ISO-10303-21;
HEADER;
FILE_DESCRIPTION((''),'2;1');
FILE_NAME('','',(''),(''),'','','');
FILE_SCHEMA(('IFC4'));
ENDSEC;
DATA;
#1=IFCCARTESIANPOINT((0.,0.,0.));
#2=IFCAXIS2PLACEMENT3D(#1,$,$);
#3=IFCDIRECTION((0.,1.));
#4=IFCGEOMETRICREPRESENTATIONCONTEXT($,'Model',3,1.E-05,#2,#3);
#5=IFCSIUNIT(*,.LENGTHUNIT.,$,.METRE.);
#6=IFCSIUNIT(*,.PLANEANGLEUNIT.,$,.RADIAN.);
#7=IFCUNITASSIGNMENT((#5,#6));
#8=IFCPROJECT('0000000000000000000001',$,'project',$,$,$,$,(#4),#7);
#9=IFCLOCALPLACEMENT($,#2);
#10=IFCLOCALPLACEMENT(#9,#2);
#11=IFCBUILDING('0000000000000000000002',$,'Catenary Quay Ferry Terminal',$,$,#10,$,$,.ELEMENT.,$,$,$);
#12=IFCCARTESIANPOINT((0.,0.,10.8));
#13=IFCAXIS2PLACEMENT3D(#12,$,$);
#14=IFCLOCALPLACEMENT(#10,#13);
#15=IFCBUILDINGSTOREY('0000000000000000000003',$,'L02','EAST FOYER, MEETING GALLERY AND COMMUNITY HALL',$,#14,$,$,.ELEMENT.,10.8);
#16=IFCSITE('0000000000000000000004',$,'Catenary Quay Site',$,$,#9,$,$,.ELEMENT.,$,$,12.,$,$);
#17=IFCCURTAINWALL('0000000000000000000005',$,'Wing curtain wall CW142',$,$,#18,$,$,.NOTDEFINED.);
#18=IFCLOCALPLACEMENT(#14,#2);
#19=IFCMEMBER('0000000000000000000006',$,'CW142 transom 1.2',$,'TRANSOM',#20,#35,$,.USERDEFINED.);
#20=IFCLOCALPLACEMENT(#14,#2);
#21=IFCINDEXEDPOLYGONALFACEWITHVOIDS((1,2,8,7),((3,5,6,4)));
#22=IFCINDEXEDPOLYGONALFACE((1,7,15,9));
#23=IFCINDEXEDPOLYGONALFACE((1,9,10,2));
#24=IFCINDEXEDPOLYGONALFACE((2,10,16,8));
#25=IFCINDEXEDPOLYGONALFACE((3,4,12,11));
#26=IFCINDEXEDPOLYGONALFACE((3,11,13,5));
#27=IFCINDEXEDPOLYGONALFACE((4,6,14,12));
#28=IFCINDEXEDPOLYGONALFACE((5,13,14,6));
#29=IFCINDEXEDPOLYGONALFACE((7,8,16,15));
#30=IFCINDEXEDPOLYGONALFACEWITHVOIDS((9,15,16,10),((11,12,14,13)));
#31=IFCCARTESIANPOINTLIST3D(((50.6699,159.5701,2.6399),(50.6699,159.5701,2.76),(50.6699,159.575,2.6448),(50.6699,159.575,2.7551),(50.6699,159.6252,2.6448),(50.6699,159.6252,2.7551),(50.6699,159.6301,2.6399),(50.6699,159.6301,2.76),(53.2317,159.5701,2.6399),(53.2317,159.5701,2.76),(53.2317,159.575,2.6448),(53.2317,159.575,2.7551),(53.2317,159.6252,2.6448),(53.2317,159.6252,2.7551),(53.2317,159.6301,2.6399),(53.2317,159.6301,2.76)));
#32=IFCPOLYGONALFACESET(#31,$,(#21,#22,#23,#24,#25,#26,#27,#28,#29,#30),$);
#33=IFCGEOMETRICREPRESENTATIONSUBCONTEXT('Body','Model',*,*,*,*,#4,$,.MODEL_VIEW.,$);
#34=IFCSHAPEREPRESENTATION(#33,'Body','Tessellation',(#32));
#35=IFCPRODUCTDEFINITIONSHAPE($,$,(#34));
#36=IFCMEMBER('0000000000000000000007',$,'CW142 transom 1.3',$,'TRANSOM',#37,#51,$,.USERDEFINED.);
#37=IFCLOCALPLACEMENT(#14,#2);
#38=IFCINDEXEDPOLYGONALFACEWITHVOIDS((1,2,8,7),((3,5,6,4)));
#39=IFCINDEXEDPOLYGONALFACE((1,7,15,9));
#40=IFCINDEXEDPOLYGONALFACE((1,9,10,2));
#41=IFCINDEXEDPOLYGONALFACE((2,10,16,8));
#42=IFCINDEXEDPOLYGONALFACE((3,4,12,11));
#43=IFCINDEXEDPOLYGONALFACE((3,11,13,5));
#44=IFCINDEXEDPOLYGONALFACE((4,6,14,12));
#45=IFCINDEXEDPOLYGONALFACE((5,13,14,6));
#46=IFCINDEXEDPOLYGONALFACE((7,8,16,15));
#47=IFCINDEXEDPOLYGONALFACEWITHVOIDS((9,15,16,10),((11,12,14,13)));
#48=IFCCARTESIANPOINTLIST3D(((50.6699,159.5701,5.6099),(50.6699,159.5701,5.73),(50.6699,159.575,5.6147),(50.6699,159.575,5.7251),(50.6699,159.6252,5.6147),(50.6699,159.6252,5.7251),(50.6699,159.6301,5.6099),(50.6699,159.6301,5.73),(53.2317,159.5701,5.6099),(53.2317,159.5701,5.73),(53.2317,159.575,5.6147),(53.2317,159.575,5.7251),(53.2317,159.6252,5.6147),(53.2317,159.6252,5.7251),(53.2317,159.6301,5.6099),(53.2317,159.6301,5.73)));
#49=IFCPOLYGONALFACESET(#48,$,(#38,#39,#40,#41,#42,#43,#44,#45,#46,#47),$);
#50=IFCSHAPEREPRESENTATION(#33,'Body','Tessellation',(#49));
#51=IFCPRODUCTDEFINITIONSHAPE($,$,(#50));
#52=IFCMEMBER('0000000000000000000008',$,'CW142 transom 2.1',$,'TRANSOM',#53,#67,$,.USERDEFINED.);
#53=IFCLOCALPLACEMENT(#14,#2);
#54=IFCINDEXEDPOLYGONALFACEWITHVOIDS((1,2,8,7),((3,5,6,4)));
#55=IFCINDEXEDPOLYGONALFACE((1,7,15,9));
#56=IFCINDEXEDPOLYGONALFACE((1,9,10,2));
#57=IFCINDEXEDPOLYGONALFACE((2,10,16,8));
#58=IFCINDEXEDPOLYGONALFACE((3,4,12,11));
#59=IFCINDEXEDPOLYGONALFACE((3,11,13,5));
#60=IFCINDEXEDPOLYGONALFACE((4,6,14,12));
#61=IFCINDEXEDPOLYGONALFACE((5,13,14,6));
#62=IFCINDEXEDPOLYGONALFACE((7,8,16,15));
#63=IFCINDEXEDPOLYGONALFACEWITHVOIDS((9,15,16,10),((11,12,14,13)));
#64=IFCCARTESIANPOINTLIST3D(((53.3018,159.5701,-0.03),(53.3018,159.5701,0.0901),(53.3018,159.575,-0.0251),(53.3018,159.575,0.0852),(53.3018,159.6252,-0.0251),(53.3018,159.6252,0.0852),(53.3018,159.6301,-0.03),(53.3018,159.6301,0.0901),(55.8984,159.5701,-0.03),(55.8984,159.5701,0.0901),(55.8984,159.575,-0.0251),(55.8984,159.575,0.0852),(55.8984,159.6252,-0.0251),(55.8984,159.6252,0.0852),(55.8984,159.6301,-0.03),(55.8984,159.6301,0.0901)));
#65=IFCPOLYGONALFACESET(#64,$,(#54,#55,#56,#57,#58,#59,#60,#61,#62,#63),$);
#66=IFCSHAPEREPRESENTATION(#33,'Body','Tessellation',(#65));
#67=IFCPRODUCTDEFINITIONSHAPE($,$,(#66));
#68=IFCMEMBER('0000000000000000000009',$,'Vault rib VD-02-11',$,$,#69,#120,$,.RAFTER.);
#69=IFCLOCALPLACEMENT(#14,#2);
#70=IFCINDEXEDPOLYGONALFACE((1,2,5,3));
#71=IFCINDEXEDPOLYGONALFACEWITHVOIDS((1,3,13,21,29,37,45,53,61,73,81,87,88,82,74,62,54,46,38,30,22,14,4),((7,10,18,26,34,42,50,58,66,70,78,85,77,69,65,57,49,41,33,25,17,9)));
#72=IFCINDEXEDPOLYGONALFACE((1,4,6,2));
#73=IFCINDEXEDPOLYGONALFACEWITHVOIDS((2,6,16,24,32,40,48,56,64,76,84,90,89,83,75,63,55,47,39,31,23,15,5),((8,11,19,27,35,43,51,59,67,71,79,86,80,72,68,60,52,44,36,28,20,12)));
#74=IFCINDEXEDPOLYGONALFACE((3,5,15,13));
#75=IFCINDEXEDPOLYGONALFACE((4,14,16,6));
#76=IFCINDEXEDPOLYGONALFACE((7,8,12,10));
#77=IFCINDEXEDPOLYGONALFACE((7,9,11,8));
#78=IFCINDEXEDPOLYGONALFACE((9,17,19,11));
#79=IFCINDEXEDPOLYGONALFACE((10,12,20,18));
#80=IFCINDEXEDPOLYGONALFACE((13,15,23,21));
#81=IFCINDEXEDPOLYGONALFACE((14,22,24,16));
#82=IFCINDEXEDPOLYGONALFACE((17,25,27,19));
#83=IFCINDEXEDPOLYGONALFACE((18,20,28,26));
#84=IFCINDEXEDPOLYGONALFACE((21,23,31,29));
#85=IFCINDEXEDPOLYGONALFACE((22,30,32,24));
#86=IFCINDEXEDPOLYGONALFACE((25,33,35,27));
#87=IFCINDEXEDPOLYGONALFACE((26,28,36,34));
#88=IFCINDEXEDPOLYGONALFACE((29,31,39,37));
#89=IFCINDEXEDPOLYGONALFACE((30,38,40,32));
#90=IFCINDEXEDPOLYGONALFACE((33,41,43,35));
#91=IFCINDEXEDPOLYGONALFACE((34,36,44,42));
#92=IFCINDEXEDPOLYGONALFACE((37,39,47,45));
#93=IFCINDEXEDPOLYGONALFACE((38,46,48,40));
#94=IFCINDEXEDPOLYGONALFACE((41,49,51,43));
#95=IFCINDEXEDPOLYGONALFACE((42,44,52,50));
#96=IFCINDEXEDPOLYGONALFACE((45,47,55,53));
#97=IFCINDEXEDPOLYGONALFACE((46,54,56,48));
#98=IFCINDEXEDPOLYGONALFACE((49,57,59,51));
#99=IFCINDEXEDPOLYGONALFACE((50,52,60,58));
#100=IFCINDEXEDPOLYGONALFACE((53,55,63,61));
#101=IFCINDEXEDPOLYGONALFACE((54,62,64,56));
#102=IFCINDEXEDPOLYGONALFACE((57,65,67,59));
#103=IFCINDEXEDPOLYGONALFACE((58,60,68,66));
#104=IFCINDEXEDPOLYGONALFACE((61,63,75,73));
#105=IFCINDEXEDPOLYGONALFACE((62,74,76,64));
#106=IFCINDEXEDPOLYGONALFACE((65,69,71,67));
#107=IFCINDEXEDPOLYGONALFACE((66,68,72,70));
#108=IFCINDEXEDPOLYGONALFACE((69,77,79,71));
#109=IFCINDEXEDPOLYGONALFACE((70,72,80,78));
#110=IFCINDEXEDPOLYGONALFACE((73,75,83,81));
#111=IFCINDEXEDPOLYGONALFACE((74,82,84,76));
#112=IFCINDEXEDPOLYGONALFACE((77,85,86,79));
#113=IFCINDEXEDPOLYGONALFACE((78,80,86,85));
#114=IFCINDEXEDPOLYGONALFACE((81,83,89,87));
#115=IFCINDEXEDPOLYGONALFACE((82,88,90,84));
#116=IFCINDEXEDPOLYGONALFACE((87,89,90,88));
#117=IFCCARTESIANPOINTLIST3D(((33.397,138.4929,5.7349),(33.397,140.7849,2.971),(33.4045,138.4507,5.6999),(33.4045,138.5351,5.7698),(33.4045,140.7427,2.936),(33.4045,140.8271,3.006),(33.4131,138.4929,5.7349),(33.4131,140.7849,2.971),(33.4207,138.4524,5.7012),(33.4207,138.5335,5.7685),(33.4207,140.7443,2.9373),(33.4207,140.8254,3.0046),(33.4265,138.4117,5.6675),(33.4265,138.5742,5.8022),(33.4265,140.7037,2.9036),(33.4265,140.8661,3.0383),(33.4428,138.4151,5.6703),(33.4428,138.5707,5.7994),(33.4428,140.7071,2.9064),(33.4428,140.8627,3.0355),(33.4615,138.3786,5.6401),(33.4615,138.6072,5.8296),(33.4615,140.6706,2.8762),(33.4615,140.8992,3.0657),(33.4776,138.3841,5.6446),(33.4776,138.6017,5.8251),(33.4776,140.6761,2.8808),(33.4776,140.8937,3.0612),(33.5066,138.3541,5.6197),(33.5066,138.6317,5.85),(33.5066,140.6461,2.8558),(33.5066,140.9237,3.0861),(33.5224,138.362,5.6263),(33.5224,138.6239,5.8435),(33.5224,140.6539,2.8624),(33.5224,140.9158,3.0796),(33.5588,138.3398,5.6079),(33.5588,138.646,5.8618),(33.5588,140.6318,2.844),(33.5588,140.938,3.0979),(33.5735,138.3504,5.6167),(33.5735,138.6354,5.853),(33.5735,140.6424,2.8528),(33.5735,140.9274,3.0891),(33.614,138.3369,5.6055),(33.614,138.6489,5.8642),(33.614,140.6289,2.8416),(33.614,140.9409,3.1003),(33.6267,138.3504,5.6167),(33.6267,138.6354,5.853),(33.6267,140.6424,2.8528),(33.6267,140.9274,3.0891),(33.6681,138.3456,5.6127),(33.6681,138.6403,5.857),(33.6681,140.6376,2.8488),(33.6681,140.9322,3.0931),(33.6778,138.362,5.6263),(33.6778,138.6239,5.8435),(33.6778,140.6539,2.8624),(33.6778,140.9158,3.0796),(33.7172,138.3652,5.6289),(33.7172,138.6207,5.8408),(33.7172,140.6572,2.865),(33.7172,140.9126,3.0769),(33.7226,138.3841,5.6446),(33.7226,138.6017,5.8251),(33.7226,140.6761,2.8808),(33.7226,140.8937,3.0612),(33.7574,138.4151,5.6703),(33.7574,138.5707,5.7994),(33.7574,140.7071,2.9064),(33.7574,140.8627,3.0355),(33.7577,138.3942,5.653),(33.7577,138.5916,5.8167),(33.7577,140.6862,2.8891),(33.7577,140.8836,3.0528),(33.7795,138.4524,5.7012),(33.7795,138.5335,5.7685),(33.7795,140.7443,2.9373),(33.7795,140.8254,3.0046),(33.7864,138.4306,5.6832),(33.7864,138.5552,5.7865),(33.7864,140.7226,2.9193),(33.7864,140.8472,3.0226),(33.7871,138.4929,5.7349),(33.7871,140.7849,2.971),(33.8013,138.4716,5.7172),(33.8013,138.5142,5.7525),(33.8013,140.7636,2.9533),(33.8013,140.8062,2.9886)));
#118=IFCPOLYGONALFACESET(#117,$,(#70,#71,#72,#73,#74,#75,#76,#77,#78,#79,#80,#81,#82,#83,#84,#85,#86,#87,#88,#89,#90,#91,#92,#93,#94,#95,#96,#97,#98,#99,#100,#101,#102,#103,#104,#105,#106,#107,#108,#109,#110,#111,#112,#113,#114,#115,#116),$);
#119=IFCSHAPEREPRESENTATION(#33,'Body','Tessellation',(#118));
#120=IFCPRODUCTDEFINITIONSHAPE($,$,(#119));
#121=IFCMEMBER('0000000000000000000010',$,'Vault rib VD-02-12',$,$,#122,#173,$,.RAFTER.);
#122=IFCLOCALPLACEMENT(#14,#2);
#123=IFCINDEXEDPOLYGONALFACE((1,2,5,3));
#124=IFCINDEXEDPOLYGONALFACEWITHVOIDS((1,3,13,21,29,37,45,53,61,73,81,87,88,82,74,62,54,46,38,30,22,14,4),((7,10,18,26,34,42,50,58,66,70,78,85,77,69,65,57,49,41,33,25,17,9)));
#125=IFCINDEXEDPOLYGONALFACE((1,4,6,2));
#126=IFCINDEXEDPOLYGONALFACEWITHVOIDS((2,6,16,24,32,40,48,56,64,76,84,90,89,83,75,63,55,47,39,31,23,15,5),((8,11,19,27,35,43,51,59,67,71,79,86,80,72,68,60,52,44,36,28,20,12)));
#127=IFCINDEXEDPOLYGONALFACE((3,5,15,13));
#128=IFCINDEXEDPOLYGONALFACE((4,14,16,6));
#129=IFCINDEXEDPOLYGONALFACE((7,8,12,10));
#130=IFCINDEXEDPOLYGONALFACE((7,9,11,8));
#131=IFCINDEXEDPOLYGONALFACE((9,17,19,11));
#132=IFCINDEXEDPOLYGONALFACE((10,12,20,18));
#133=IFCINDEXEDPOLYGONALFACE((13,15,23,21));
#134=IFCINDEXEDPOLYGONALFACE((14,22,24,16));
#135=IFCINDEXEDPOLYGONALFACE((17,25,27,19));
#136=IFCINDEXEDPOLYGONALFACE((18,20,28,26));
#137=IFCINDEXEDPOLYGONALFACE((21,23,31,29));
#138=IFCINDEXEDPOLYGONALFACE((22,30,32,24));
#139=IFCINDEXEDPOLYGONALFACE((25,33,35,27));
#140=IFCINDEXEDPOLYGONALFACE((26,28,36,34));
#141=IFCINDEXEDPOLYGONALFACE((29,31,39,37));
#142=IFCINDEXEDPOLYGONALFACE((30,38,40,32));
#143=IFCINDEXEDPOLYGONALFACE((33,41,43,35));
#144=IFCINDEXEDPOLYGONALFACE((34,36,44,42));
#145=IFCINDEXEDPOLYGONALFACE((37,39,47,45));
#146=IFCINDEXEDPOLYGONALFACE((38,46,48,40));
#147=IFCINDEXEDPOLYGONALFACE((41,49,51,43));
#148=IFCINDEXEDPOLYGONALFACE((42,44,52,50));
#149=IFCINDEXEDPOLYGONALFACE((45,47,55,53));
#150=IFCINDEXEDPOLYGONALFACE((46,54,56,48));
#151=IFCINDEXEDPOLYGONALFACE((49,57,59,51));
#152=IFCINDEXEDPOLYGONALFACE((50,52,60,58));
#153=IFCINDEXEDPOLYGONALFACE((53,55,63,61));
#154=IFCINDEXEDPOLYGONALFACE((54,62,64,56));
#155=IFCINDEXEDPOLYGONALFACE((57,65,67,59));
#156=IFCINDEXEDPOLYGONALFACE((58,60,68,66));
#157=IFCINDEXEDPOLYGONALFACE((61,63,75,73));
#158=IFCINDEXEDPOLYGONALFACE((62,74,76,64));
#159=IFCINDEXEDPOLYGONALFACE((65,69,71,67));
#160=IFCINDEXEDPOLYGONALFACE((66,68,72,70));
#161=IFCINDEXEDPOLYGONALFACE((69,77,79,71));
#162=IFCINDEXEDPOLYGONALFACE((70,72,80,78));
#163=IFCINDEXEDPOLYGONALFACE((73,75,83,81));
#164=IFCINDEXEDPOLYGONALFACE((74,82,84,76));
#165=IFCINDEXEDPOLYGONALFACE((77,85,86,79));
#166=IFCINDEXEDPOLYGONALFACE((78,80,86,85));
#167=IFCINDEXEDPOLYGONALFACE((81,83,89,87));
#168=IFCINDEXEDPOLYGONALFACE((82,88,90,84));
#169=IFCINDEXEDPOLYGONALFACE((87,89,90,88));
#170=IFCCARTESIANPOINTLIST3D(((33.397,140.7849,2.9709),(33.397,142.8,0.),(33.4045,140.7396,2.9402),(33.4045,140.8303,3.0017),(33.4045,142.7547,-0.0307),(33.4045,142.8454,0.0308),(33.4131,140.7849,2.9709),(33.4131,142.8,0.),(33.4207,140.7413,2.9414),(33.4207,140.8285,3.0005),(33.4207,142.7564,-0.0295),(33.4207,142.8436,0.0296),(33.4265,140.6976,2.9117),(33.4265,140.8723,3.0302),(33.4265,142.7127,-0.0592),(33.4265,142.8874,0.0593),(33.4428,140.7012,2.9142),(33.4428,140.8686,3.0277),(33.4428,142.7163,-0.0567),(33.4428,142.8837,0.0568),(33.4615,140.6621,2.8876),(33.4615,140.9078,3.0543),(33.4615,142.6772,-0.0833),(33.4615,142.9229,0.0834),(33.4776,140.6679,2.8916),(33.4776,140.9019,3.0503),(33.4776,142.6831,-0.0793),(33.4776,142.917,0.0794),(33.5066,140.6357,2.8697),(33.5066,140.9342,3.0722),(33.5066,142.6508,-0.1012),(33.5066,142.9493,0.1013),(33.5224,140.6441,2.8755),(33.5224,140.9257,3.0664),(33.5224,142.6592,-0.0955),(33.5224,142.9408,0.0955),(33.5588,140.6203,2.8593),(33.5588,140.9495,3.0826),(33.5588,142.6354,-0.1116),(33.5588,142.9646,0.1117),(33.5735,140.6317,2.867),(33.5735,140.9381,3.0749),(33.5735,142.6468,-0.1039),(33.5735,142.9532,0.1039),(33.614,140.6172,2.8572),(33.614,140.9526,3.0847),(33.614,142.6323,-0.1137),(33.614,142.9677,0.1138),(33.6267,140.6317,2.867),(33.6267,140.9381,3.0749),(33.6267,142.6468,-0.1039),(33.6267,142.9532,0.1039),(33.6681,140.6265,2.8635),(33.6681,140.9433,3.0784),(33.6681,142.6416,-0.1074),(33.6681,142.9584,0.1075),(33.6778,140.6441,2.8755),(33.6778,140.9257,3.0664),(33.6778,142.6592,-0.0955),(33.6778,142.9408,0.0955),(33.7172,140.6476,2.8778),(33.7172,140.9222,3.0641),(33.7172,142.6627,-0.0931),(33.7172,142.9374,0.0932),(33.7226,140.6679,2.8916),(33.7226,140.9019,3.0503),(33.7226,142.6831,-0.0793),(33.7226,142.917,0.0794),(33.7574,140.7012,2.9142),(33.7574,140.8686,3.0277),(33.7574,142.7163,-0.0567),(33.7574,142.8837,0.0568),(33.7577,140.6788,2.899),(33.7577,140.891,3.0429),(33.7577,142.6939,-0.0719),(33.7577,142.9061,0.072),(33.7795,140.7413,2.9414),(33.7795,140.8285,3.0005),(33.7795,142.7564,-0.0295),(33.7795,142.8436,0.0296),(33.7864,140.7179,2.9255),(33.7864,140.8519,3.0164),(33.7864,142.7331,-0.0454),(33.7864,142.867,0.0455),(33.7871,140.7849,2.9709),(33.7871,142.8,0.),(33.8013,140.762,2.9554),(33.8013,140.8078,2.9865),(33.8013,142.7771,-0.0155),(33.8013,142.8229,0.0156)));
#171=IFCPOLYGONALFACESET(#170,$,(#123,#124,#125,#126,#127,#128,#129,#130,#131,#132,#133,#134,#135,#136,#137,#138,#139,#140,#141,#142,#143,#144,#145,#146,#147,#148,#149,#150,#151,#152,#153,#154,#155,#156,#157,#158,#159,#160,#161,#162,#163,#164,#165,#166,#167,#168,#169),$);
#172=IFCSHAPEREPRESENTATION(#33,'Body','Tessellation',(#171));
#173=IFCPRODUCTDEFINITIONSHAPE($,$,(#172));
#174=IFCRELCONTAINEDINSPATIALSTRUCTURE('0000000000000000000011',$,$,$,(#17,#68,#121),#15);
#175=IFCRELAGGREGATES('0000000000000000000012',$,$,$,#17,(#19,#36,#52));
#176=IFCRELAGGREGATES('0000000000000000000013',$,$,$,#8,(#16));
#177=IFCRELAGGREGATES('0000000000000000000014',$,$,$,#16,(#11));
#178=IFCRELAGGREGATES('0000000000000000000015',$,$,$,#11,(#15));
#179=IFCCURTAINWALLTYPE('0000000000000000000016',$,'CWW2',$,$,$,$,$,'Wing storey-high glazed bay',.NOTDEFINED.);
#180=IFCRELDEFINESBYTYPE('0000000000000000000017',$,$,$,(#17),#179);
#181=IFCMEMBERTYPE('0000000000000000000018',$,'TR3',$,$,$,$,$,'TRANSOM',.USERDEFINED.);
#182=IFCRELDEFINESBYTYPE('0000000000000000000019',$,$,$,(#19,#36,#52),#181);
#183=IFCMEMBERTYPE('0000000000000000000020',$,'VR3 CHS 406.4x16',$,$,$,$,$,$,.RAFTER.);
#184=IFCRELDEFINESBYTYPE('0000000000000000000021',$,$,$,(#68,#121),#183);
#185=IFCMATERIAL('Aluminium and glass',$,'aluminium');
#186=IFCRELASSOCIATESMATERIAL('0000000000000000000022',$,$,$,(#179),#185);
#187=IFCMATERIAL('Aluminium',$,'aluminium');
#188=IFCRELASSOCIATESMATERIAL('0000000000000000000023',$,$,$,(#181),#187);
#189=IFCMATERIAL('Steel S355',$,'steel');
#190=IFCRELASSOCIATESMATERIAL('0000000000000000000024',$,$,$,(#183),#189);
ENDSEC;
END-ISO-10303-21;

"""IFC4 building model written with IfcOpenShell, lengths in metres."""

from ifc_helpers import new_model, si_unit, direction, frame, origin, origin_2d, place, context, subcontext, project, spatial, hollow_rectangle, hollow_circle, extrude, material, material_profile, profile_set, type_object, element, aggregate, save


model = new_model("IFC4")

# Units and contexts
model_context = context("Model", 3, precision=1e-05, world=origin(), true_north=direction((0.0, 1.0)))
body_context = subcontext(model_context, "Body", "Model", "MODEL_VIEW")
ifc_project = project(units=[si_unit("LENGTHUNIT", "METRE"), si_unit("PLANEANGLEUNIT", "RADIAN")], contexts=[model_context])

# Site, building, storey
site_placement = place(None, origin())
site = spatial("IfcSite", under=ifc_project, at=site_placement, Name="Catenary Quay Site", CompositionType="ELEMENT", RefElevation=12.0)
building_placement = place(site_placement, origin())
building = spatial("IfcBuilding", under=site, at=building_placement, Name="Catenary Quay Ferry Terminal", CompositionType="ELEMENT")
storey_placement = place(building_placement, frame((0.0, 0.0, 10.8)))
storey = spatial("IfcBuildingStorey", under=building, at=storey_placement, Name="L02", Description="EAST FOYER, MEETING GALLERY AND COMMUNITY HALL", CompositionType="ELEMENT", Elevation=10.8)

# Curtain wall, members
ifc_material_1 = material(Name="Aluminium and glass", Category="aluminium")
curtain_wall_type = type_object("IfcCurtainWallType", Name="CWW2", ElementType="Wing storey-high glazed bay", PredefinedType="NOTDEFINED", material=ifc_material_1)
curtain_wall_placement = place(storey_placement, origin())
curtain_wall = element("IfcCurtainWall", 1, at=curtain_wall_placement, inside=storey, type_object=curtain_wall_type, Name="Wing curtain wall CW142", PredefinedType="NOTDEFINED")
ifc_material_2 = material(Name="Aluminium", Category="aluminium")
ifc_material_profile_1 = material_profile(ifc_material_2, hollow_rectangle(XDim=0.0601, YDim=0.1201, WallThickness=0.0049, at=origin_2d()), Name="TR3")
ifc_profile_set_1 = profile_set([ifc_material_profile_1], Name="Aluminium")
member_type_1 = type_object("IfcMemberType", Name="TR3", ElementType="TRANSOM", PredefinedType="USERDEFINED", material=ifc_profile_set_1)
member_1_placement = place(storey_placement, frame((50.6699, 159.6001, 2.7), z_axis=(1.0, 0.0, 0.0), x_axis=(0.0, 1.0, 0.0)))
member_1 = element("IfcMember", 2, at=member_1_placement, type_object=member_type_1, Name="CW142 transom 1.2", ObjectType="TRANSOM", PredefinedType="USERDEFINED", context=body_context, shape_type="SweptSolid", body=[
    extrude(hollow_rectangle(XDim=0.0601, YDim=0.1201, WallThickness=0.0049, at=origin_2d()), origin(), (0.0, 0.0, 1.0), 2.5618),
])
member_2_placement = place(storey_placement, frame((50.6699, 159.6001, 5.6699), z_axis=(1.0, 0.0, 0.0), x_axis=(0.0, 1.0, 0.0)))
member_2 = element("IfcMember", 3, at=member_2_placement, type_object=member_type_1, Name="CW142 transom 1.3", ObjectType="TRANSOM", PredefinedType="USERDEFINED", context=body_context, shape_type="SweptSolid", body=[
    extrude(hollow_rectangle(XDim=0.0601, YDim=0.1201, WallThickness=0.0049, at=origin_2d()), origin(), (0.0, 0.0, 1.0), 2.5618),
])
member_3_placement = place(storey_placement, frame((53.3018, 159.6001, 0.03), z_axis=(1.0, 0.0, 0.0), x_axis=(0.0, 1.0, 0.0)))
member_3 = element("IfcMember", 4, at=member_3_placement, type_object=member_type_1, Name="CW142 transom 2.1", ObjectType="TRANSOM", PredefinedType="USERDEFINED", context=body_context, shape_type="SweptSolid", body=[
    extrude(hollow_rectangle(XDim=0.0601, YDim=0.1201, WallThickness=0.0049, at=origin_2d()), origin(), (0.0, 0.0, 1.0), 2.5967),
])

# Members
ifc_material_3 = material(Name="Steel S355", Category="steel")
ifc_material_profile_2 = material_profile(ifc_material_3, hollow_circle(Radius=0.2031, WallThickness=0.0161, at=origin_2d()), Name="CHS 406.4x16")
ifc_profile_set_2 = profile_set([ifc_material_profile_2], Name="Steel S355")
member_type_2 = type_object("IfcMemberType", Name="VR3 CHS 406.4x16", PredefinedType="RAFTER", material=ifc_profile_set_2)
member_4_placement = place(storey_placement, frame((33.6001, 138.4929, 5.7349), z_axis=(0.0, 0.63833, -0.769763), x_axis=(-1.0, 0.0, 0.0)))
element("IfcMember", 5, at=member_4_placement, inside=storey, type_object=member_type_2, Name="Vault rib VD-02-11", PredefinedType="RAFTER", context=body_context, shape_type="SweptSolid", body=[
    extrude(hollow_circle(Radius=0.2031, WallThickness=0.0161, at=origin_2d()), origin(), (0.0, 0.0, 1.0), 3.5906),
])
member_5_placement = place(storey_placement, frame((33.6001, 140.7849, 2.9709), z_axis=(0.0, 0.561337, -0.827587), x_axis=(-1.0, 0.0, 0.0)))
element("IfcMember", 6, at=member_5_placement, inside=storey, type_object=member_type_2, Name="Vault rib VD-02-12", PredefinedType="RAFTER", context=body_context, shape_type="SweptSolid", body=[
    extrude(hollow_circle(Radius=0.2031, WallThickness=0.0161, at=origin_2d()), origin(), (0.0, 0.0, 1.0), 3.5898),
])

aggregate(curtain_wall, [member_1, member_2, member_3])

save(model, "model.ifc")
